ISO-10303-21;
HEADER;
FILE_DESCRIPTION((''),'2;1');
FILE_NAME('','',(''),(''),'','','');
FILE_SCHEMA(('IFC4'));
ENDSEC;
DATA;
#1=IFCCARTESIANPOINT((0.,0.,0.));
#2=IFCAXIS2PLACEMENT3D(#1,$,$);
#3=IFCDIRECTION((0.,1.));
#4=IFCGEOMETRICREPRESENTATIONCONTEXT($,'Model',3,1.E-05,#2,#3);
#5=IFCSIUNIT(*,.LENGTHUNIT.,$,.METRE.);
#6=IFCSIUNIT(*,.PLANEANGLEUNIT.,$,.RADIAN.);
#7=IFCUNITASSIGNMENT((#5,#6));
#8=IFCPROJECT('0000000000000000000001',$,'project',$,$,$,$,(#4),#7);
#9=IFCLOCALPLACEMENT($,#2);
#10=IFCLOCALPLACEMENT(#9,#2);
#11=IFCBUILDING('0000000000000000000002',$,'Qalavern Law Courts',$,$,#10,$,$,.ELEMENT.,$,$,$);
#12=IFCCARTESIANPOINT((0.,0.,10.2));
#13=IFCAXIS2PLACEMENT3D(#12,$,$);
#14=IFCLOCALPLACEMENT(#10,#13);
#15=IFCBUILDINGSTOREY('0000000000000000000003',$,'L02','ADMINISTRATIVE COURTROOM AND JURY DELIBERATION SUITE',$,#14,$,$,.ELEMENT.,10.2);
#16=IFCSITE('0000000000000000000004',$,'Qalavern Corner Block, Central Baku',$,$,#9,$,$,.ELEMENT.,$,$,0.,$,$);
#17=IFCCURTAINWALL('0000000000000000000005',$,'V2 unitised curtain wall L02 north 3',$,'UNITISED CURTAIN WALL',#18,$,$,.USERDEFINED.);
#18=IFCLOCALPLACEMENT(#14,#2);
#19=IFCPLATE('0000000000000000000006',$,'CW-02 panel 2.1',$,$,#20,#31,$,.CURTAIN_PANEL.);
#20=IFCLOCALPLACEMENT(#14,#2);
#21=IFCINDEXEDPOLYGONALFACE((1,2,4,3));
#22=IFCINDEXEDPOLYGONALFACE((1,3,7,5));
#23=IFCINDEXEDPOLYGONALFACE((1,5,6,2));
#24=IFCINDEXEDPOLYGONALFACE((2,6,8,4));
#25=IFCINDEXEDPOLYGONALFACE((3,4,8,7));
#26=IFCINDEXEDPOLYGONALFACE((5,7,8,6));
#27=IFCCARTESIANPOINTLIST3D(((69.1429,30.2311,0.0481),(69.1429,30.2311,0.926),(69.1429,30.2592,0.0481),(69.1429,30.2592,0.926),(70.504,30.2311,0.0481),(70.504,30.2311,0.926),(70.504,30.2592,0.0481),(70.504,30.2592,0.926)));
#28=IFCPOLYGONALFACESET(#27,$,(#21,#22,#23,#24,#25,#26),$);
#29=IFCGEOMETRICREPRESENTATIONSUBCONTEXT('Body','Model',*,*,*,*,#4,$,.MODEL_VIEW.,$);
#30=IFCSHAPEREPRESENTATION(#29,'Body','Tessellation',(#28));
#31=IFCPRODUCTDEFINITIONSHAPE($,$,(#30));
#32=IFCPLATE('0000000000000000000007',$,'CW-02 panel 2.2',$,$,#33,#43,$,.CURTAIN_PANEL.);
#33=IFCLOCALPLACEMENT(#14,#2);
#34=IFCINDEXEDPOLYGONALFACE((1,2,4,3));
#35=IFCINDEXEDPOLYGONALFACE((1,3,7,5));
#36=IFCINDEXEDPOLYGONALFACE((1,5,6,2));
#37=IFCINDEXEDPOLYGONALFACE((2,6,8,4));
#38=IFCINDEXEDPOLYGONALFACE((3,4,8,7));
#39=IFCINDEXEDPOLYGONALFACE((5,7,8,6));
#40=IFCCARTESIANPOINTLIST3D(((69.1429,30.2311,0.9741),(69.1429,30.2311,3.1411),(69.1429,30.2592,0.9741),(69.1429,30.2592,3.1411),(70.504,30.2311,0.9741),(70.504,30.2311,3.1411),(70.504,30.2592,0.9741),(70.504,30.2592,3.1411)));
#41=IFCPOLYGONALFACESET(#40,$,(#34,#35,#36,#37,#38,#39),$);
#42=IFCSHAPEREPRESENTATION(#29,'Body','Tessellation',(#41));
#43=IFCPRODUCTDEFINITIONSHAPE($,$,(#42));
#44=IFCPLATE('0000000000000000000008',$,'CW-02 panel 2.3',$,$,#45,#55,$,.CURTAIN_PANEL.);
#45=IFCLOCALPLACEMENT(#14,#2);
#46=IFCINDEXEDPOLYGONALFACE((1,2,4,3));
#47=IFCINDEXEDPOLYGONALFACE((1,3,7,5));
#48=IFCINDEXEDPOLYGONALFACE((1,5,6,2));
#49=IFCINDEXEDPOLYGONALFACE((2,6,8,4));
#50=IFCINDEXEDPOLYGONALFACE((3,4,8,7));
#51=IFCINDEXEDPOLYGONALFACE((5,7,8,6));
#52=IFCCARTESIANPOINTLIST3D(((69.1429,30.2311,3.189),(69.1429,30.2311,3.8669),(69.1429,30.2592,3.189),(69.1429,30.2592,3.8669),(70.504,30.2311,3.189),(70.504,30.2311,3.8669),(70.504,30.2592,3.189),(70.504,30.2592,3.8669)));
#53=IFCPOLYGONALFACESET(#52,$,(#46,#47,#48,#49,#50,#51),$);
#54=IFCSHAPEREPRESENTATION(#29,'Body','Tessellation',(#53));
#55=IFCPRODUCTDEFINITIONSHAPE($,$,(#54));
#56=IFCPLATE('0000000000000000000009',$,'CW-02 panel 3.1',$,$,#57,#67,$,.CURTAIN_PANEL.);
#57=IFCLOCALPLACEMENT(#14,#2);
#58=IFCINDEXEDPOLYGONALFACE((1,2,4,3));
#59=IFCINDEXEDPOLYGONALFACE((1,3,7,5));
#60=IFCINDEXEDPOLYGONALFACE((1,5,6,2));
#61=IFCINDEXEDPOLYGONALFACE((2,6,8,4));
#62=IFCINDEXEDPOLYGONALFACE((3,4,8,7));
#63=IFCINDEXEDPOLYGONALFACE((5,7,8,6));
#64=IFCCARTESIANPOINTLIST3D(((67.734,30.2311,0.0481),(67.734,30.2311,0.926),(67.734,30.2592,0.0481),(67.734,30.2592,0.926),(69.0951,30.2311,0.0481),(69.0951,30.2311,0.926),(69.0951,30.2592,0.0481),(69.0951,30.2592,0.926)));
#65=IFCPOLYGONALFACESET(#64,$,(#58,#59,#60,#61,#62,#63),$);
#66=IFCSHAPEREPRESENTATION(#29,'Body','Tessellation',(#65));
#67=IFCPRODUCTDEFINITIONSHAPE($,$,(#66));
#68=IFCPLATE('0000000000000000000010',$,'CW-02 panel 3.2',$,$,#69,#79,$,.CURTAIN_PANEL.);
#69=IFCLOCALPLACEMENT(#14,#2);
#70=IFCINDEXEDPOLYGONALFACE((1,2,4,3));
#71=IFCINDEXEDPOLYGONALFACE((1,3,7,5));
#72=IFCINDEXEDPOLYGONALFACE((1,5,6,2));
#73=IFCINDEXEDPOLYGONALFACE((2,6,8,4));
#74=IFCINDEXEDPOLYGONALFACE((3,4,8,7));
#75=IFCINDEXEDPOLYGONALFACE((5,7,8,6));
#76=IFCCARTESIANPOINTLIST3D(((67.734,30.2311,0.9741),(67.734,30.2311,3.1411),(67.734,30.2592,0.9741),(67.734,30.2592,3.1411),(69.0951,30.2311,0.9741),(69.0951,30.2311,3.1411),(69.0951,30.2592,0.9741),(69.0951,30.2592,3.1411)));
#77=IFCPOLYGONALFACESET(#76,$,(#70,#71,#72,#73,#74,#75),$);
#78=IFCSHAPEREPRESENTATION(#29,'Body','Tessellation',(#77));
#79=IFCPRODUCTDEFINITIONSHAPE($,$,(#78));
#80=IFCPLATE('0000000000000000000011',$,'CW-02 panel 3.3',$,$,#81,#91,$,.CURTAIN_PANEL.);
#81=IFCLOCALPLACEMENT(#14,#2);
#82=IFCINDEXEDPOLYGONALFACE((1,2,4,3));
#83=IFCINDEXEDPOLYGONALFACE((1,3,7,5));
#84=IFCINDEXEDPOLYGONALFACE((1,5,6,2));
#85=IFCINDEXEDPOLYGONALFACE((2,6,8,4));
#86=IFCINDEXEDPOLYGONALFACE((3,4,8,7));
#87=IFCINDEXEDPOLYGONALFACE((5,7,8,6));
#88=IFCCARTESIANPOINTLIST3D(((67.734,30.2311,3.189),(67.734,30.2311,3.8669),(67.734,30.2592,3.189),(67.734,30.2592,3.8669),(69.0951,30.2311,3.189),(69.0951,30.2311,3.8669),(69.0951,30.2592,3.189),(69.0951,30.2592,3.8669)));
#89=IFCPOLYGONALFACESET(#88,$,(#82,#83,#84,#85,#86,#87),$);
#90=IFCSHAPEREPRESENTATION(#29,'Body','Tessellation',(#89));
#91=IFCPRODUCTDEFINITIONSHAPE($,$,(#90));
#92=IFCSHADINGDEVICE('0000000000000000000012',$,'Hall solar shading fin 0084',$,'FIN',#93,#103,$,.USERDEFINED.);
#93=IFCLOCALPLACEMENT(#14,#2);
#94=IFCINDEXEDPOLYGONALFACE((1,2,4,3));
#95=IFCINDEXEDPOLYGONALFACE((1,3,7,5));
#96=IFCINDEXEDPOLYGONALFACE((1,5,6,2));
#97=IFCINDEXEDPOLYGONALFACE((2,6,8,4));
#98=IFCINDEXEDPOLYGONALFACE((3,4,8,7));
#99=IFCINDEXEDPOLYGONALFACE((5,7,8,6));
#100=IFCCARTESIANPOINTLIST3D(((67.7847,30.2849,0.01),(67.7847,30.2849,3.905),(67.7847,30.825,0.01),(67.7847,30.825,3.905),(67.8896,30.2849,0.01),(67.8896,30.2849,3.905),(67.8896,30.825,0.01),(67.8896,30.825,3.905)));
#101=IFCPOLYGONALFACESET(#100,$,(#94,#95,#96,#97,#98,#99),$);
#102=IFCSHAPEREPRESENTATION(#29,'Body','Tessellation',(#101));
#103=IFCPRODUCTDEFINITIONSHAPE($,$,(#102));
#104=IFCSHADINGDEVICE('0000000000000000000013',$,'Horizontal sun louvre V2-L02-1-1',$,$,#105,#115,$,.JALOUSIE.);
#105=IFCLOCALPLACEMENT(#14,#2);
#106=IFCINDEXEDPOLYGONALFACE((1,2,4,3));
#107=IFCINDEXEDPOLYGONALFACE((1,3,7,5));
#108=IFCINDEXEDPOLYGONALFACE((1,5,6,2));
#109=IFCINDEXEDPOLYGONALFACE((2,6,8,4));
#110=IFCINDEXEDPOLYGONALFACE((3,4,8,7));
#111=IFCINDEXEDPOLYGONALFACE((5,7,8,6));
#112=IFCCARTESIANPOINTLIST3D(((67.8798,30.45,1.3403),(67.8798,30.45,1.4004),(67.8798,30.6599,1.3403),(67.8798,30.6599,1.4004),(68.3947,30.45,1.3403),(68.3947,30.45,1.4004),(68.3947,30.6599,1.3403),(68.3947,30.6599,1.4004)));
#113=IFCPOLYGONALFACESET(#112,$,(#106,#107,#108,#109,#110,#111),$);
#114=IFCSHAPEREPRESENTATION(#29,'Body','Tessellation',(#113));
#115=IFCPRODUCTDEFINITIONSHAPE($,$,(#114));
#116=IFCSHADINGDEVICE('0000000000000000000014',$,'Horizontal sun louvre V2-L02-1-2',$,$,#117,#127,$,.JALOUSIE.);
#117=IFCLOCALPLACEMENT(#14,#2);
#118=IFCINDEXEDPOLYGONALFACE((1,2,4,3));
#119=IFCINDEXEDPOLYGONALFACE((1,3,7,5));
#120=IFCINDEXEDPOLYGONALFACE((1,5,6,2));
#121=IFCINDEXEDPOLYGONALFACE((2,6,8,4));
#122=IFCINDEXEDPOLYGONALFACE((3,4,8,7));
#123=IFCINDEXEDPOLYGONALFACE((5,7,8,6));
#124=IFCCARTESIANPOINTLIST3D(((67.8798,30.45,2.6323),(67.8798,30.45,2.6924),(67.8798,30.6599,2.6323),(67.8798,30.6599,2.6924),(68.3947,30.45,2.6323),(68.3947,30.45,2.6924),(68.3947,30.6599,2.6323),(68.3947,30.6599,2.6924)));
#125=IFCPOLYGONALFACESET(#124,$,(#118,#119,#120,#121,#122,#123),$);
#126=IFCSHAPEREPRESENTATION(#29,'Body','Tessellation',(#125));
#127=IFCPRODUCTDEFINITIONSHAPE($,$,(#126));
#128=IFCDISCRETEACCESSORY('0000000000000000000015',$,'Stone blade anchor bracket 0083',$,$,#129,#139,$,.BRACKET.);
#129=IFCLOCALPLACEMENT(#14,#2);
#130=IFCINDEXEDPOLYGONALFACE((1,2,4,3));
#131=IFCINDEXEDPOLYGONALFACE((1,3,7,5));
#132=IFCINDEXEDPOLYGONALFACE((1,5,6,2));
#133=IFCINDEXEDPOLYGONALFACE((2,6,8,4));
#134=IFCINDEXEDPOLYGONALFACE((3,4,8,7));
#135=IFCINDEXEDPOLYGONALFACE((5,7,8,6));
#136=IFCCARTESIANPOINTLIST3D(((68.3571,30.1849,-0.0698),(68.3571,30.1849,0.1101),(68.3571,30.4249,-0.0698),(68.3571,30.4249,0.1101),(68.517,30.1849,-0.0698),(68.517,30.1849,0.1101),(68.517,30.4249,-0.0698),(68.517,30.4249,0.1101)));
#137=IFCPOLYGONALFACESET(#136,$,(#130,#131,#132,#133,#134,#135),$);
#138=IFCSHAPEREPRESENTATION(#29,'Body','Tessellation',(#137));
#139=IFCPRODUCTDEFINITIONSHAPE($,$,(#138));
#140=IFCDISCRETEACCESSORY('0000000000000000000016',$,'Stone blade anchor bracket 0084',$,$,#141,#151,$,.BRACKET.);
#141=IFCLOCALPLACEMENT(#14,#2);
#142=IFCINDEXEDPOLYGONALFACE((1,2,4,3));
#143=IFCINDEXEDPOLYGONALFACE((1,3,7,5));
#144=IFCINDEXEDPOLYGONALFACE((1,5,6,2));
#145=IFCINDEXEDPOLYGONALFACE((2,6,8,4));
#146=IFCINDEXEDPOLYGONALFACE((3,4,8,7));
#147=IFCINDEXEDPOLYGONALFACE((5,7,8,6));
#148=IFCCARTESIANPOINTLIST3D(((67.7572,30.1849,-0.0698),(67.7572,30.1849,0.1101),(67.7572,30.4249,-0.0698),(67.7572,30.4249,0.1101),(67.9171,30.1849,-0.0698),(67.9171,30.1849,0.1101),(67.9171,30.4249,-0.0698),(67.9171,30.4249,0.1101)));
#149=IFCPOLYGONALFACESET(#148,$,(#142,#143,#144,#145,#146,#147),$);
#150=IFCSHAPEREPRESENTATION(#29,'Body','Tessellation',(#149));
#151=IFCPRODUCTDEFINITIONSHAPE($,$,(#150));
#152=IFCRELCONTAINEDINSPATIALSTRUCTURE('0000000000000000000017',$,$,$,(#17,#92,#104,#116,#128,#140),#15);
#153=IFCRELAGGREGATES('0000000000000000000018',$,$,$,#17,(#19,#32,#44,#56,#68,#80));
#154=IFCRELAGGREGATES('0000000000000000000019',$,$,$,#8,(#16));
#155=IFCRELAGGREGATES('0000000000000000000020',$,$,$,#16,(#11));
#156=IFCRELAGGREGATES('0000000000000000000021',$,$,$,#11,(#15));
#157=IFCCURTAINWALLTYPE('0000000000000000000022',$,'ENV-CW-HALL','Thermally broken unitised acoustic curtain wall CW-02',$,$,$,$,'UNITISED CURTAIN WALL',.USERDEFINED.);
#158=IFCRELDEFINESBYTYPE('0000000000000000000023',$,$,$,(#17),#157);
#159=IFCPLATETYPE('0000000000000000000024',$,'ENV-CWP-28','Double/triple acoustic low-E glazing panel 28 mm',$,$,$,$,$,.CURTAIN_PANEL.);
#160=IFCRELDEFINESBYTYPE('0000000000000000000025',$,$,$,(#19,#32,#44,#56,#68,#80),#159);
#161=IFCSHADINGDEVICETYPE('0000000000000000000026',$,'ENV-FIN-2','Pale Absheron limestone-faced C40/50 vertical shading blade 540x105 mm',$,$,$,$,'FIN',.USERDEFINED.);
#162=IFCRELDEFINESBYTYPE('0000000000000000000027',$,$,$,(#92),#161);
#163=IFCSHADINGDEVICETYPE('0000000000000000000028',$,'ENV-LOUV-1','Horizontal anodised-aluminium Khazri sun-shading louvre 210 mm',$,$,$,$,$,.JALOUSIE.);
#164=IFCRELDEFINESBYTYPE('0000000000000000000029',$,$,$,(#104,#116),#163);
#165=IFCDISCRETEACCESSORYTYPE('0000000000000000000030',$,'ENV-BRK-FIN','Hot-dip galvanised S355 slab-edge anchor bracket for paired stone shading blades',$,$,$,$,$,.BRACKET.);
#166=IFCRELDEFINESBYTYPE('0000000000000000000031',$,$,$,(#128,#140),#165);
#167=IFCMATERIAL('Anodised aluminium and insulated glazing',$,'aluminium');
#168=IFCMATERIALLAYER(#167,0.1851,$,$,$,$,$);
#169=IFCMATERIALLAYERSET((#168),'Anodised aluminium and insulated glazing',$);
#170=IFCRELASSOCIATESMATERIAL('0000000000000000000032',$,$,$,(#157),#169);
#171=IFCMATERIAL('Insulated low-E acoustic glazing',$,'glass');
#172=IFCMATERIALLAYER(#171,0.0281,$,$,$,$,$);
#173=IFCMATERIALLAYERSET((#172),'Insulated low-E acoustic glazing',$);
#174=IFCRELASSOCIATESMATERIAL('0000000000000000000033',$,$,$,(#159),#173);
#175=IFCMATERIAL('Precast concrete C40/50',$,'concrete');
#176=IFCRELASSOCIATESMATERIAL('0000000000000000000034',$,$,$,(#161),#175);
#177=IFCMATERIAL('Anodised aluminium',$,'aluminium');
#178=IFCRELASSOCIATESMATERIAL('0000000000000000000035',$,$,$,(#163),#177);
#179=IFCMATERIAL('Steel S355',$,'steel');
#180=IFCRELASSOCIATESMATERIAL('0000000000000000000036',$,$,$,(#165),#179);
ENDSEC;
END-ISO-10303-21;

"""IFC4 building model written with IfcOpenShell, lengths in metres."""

from ifc_helpers import new_model, si_unit, direction, frame, origin, origin_2d, place, context, subcontext, project, spatial, rectangle, extrude, material, layer, layer_set, type_object, element, aggregate, save


model = new_model("IFC4")

# Units and contexts
model_context = context("Model", 3, precision=1e-05, world=origin(), true_north=direction((0.0, 1.0)))
body_context = subcontext(model_context, "Body", "Model", "MODEL_VIEW")
ifc_project = project(units=[si_unit("LENGTHUNIT", "METRE"), si_unit("PLANEANGLEUNIT", "RADIAN")], contexts=[model_context])

# Site, building, storey
site_placement = place(None, origin())
site = spatial("IfcSite", under=ifc_project, at=site_placement, Name="Qalavern Corner Block, Central Baku", CompositionType="ELEMENT", RefElevation=0.0)
building_placement = place(site_placement, origin())
building = spatial("IfcBuilding", under=site, at=building_placement, Name="Qalavern Law Courts", CompositionType="ELEMENT")
storey_placement = place(building_placement, frame((0.0, 0.0, 10.2)))
storey = spatial("IfcBuildingStorey", under=building, at=storey_placement, Name="L02", Description="ADMINISTRATIVE COURTROOM AND JURY DELIBERATION SUITE", CompositionType="ELEMENT", Elevation=10.2)

# Curtain wall, plates
ifc_material_1 = material(Name="Anodised aluminium and insulated glazing", Category="aluminium")
ifc_layer_1 = layer(ifc_material_1, 0.1851)
ifc_layer_set_1 = layer_set([ifc_layer_1], Name="Anodised aluminium and insulated glazing")
curtain_wall_type = type_object("IfcCurtainWallType", Name="ENV-CW-HALL", Description="Thermally broken unitised acoustic curtain wall CW-02", ElementType="UNITISED CURTAIN WALL", PredefinedType="USERDEFINED", material=ifc_layer_set_1)
curtain_wall_placement = place(storey_placement, origin())
curtain_wall = element("IfcCurtainWall", 1, at=curtain_wall_placement, inside=storey, type_object=curtain_wall_type, Name="V2 unitised curtain wall L02 north 3", ObjectType="UNITISED CURTAIN WALL", PredefinedType="USERDEFINED")
ifc_material_2 = material(Name="Anodised aluminium", Category="aluminium")
ifc_material_3 = material(Name="Insulated low-E acoustic glazing", Category="glass")
ifc_layer_2 = layer(ifc_material_3, 0.0281)
ifc_layer_set_2 = layer_set([ifc_layer_2], Name="Insulated low-E acoustic glazing")
plate_type = type_object("IfcPlateType", Name="ENV-CWP-28", Description="Double/triple acoustic low-E glazing panel 28 mm", PredefinedType="CURTAIN_PANEL", material=ifc_layer_set_2)
plate_1_placement = place(storey_placement, frame((69.8235, 30.2451, 0.0481), z_axis=(0.0, 0.0, 1.0), x_axis=(-1.0, 0.0, 0.0)))
plate_1 = element("IfcPlate", 2, at=plate_1_placement, type_object=plate_type, Name="CW-02 panel 2.1", PredefinedType="CURTAIN_PANEL", context=body_context, shape_type="SweptSolid", body=[
    extrude(rectangle(XDim=1.3611, YDim=0.0281, at=origin_2d()), origin(), (0.0, 0.0, 1.0), 0.8779),
])
plate_2_placement = place(storey_placement, frame((69.8235, 30.2451, 0.9741), z_axis=(0.0, 0.0, 1.0), x_axis=(-1.0, 0.0, 0.0)))
plate_2 = element("IfcPlate", 3, at=plate_2_placement, type_object=plate_type, Name="CW-02 panel 2.2", PredefinedType="CURTAIN_PANEL", context=body_context, shape_type="SweptSolid", body=[
    extrude(rectangle(XDim=1.3611, YDim=0.0281, at=origin_2d()), origin(), (0.0, 0.0, 1.0), 2.167),
])
plate_3_placement = place(storey_placement, frame((69.8235, 30.2451, 3.189), z_axis=(0.0, 0.0, 1.0), x_axis=(-1.0, 0.0, 0.0)))
plate_3 = element("IfcPlate", 4, at=plate_3_placement, type_object=plate_type, Name="CW-02 panel 2.3", PredefinedType="CURTAIN_PANEL", context=body_context, shape_type="SweptSolid", body=[
    extrude(rectangle(XDim=1.3611, YDim=0.0281, at=origin_2d()), origin(), (0.0, 0.0, 1.0), 0.678),
])
plate_4_placement = place(storey_placement, frame((68.4146, 30.2451, 0.0481), z_axis=(0.0, 0.0, 1.0), x_axis=(-1.0, 0.0, 0.0)))
plate_4 = element("IfcPlate", 5, at=plate_4_placement, type_object=plate_type, Name="CW-02 panel 3.1", PredefinedType="CURTAIN_PANEL", context=body_context, shape_type="SweptSolid", body=[
    extrude(rectangle(XDim=1.3611, YDim=0.0281, at=origin_2d()), origin(), (0.0, 0.0, 1.0), 0.8779),
])
plate_5_placement = place(storey_placement, frame((68.4146, 30.2451, 0.9741), z_axis=(0.0, 0.0, 1.0), x_axis=(-1.0, 0.0, 0.0)))
plate_5 = element("IfcPlate", 6, at=plate_5_placement, type_object=plate_type, Name="CW-02 panel 3.2", PredefinedType="CURTAIN_PANEL", context=body_context, shape_type="SweptSolid", body=[
    extrude(rectangle(XDim=1.3611, YDim=0.0281, at=origin_2d()), origin(), (0.0, 0.0, 1.0), 2.167),
])
plate_6_placement = place(storey_placement, frame((68.4146, 30.2451, 3.189), z_axis=(0.0, 0.0, 1.0), x_axis=(-1.0, 0.0, 0.0)))
plate_6 = element("IfcPlate", 7, at=plate_6_placement, type_object=plate_type, Name="CW-02 panel 3.3", PredefinedType="CURTAIN_PANEL", context=body_context, shape_type="SweptSolid", body=[
    extrude(rectangle(XDim=1.3611, YDim=0.0281, at=origin_2d()), origin(), (0.0, 0.0, 1.0), 0.678),
])
aggregate(curtain_wall, [plate_1, plate_2, plate_3, plate_4, plate_5, plate_6])

# Shading devices
ifc_material_4 = material(Name="Precast concrete C40/50", Category="concrete")
shading_device_type_1 = type_object("IfcShadingDeviceType", Name="ENV-FIN-2", Description="Pale Absheron limestone-faced C40/50 vertical shading blade 540x105 mm", ElementType="FIN", PredefinedType="USERDEFINED", material=ifc_material_4)
shading_device_placement = place(storey_placement, frame((67.8372, 30.5549, 0.01), z_axis=(0.0, 0.0, 1.0), x_axis=(0.0, 1.0, 0.0)))
element("IfcShadingDevice", 8, at=shading_device_placement, inside=storey, type_object=shading_device_type_1, Name="Hall solar shading fin 0084", ObjectType="FIN", PredefinedType="USERDEFINED", context=body_context, shape_type="SweptSolid", body=[
    extrude(rectangle(XDim=0.54, YDim=0.105, at=origin_2d()), origin(), (0.0, 0.0, 1.0), 3.895),
])
shading_device_type_2 = type_object("IfcShadingDeviceType", Name="ENV-LOUV-1", Description="Horizontal anodised-aluminium Khazri sun-shading louvre 210 mm", PredefinedType="JALOUSIE", material=ifc_material_2)
for number, where, z_axis, x_axis, name in (
    (9, (68.1372, 30.5549, 1.3403), (0.0, 0.0, 1.0), (-1.0, 0.0, 0.0), "Horizontal sun louvre V2-L02-1-1"),
    (10, (68.1372, 30.5549, 2.6323), (0.0, 0.0, 1.0), (-1.0, 0.0, 0.0), "Horizontal sun louvre V2-L02-1-2"),
):
    element("IfcShadingDevice", number, at=place(storey_placement, frame(where, z_axis=z_axis, x_axis=x_axis)), inside=storey, type_object=shading_device_type_2, Name=name, PredefinedType="JALOUSIE", context=body_context, shape_type="SweptSolid", body=[
        extrude(rectangle(XDim=0.5149, YDim=0.21, at=origin_2d()), origin(), (0.0, 0.0, 1.0), 0.0601),
    ])

# Discrete accessories
ifc_material_5 = material(Name="Steel S355", Category="steel")
discrete_accessory_type = type_object("IfcDiscreteAccessoryType", Name="ENV-BRK-FIN", Description="Hot-dip galvanised S355 slab-edge anchor bracket for paired stone shading blades", PredefinedType="BRACKET", material=ifc_material_5)
for number, where, z_axis, x_axis, name in (
    (11, (68.437, 30.3049, -0.0698), (0.0, 0.0, 1.0), (0.0, 1.0, 0.0), "Stone blade anchor bracket 0083"),
    (12, (67.8372, 30.3049, -0.0698), (0.0, 0.0, 1.0), (0.0, 1.0, 0.0), "Stone blade anchor bracket 0084"),
):
    element("IfcDiscreteAccessory", number, at=place(storey_placement, frame(where, z_axis=z_axis, x_axis=x_axis)), inside=storey, type_object=discrete_accessory_type, Name=name, PredefinedType="BRACKET", context=body_context, shape_type="SweptSolid", body=[
        extrude(rectangle(XDim=0.24, YDim=0.1599, at=origin_2d()), origin(), (0.0, 0.0, 1.0), 0.1799),
    ])

save(model, "model.ifc")
